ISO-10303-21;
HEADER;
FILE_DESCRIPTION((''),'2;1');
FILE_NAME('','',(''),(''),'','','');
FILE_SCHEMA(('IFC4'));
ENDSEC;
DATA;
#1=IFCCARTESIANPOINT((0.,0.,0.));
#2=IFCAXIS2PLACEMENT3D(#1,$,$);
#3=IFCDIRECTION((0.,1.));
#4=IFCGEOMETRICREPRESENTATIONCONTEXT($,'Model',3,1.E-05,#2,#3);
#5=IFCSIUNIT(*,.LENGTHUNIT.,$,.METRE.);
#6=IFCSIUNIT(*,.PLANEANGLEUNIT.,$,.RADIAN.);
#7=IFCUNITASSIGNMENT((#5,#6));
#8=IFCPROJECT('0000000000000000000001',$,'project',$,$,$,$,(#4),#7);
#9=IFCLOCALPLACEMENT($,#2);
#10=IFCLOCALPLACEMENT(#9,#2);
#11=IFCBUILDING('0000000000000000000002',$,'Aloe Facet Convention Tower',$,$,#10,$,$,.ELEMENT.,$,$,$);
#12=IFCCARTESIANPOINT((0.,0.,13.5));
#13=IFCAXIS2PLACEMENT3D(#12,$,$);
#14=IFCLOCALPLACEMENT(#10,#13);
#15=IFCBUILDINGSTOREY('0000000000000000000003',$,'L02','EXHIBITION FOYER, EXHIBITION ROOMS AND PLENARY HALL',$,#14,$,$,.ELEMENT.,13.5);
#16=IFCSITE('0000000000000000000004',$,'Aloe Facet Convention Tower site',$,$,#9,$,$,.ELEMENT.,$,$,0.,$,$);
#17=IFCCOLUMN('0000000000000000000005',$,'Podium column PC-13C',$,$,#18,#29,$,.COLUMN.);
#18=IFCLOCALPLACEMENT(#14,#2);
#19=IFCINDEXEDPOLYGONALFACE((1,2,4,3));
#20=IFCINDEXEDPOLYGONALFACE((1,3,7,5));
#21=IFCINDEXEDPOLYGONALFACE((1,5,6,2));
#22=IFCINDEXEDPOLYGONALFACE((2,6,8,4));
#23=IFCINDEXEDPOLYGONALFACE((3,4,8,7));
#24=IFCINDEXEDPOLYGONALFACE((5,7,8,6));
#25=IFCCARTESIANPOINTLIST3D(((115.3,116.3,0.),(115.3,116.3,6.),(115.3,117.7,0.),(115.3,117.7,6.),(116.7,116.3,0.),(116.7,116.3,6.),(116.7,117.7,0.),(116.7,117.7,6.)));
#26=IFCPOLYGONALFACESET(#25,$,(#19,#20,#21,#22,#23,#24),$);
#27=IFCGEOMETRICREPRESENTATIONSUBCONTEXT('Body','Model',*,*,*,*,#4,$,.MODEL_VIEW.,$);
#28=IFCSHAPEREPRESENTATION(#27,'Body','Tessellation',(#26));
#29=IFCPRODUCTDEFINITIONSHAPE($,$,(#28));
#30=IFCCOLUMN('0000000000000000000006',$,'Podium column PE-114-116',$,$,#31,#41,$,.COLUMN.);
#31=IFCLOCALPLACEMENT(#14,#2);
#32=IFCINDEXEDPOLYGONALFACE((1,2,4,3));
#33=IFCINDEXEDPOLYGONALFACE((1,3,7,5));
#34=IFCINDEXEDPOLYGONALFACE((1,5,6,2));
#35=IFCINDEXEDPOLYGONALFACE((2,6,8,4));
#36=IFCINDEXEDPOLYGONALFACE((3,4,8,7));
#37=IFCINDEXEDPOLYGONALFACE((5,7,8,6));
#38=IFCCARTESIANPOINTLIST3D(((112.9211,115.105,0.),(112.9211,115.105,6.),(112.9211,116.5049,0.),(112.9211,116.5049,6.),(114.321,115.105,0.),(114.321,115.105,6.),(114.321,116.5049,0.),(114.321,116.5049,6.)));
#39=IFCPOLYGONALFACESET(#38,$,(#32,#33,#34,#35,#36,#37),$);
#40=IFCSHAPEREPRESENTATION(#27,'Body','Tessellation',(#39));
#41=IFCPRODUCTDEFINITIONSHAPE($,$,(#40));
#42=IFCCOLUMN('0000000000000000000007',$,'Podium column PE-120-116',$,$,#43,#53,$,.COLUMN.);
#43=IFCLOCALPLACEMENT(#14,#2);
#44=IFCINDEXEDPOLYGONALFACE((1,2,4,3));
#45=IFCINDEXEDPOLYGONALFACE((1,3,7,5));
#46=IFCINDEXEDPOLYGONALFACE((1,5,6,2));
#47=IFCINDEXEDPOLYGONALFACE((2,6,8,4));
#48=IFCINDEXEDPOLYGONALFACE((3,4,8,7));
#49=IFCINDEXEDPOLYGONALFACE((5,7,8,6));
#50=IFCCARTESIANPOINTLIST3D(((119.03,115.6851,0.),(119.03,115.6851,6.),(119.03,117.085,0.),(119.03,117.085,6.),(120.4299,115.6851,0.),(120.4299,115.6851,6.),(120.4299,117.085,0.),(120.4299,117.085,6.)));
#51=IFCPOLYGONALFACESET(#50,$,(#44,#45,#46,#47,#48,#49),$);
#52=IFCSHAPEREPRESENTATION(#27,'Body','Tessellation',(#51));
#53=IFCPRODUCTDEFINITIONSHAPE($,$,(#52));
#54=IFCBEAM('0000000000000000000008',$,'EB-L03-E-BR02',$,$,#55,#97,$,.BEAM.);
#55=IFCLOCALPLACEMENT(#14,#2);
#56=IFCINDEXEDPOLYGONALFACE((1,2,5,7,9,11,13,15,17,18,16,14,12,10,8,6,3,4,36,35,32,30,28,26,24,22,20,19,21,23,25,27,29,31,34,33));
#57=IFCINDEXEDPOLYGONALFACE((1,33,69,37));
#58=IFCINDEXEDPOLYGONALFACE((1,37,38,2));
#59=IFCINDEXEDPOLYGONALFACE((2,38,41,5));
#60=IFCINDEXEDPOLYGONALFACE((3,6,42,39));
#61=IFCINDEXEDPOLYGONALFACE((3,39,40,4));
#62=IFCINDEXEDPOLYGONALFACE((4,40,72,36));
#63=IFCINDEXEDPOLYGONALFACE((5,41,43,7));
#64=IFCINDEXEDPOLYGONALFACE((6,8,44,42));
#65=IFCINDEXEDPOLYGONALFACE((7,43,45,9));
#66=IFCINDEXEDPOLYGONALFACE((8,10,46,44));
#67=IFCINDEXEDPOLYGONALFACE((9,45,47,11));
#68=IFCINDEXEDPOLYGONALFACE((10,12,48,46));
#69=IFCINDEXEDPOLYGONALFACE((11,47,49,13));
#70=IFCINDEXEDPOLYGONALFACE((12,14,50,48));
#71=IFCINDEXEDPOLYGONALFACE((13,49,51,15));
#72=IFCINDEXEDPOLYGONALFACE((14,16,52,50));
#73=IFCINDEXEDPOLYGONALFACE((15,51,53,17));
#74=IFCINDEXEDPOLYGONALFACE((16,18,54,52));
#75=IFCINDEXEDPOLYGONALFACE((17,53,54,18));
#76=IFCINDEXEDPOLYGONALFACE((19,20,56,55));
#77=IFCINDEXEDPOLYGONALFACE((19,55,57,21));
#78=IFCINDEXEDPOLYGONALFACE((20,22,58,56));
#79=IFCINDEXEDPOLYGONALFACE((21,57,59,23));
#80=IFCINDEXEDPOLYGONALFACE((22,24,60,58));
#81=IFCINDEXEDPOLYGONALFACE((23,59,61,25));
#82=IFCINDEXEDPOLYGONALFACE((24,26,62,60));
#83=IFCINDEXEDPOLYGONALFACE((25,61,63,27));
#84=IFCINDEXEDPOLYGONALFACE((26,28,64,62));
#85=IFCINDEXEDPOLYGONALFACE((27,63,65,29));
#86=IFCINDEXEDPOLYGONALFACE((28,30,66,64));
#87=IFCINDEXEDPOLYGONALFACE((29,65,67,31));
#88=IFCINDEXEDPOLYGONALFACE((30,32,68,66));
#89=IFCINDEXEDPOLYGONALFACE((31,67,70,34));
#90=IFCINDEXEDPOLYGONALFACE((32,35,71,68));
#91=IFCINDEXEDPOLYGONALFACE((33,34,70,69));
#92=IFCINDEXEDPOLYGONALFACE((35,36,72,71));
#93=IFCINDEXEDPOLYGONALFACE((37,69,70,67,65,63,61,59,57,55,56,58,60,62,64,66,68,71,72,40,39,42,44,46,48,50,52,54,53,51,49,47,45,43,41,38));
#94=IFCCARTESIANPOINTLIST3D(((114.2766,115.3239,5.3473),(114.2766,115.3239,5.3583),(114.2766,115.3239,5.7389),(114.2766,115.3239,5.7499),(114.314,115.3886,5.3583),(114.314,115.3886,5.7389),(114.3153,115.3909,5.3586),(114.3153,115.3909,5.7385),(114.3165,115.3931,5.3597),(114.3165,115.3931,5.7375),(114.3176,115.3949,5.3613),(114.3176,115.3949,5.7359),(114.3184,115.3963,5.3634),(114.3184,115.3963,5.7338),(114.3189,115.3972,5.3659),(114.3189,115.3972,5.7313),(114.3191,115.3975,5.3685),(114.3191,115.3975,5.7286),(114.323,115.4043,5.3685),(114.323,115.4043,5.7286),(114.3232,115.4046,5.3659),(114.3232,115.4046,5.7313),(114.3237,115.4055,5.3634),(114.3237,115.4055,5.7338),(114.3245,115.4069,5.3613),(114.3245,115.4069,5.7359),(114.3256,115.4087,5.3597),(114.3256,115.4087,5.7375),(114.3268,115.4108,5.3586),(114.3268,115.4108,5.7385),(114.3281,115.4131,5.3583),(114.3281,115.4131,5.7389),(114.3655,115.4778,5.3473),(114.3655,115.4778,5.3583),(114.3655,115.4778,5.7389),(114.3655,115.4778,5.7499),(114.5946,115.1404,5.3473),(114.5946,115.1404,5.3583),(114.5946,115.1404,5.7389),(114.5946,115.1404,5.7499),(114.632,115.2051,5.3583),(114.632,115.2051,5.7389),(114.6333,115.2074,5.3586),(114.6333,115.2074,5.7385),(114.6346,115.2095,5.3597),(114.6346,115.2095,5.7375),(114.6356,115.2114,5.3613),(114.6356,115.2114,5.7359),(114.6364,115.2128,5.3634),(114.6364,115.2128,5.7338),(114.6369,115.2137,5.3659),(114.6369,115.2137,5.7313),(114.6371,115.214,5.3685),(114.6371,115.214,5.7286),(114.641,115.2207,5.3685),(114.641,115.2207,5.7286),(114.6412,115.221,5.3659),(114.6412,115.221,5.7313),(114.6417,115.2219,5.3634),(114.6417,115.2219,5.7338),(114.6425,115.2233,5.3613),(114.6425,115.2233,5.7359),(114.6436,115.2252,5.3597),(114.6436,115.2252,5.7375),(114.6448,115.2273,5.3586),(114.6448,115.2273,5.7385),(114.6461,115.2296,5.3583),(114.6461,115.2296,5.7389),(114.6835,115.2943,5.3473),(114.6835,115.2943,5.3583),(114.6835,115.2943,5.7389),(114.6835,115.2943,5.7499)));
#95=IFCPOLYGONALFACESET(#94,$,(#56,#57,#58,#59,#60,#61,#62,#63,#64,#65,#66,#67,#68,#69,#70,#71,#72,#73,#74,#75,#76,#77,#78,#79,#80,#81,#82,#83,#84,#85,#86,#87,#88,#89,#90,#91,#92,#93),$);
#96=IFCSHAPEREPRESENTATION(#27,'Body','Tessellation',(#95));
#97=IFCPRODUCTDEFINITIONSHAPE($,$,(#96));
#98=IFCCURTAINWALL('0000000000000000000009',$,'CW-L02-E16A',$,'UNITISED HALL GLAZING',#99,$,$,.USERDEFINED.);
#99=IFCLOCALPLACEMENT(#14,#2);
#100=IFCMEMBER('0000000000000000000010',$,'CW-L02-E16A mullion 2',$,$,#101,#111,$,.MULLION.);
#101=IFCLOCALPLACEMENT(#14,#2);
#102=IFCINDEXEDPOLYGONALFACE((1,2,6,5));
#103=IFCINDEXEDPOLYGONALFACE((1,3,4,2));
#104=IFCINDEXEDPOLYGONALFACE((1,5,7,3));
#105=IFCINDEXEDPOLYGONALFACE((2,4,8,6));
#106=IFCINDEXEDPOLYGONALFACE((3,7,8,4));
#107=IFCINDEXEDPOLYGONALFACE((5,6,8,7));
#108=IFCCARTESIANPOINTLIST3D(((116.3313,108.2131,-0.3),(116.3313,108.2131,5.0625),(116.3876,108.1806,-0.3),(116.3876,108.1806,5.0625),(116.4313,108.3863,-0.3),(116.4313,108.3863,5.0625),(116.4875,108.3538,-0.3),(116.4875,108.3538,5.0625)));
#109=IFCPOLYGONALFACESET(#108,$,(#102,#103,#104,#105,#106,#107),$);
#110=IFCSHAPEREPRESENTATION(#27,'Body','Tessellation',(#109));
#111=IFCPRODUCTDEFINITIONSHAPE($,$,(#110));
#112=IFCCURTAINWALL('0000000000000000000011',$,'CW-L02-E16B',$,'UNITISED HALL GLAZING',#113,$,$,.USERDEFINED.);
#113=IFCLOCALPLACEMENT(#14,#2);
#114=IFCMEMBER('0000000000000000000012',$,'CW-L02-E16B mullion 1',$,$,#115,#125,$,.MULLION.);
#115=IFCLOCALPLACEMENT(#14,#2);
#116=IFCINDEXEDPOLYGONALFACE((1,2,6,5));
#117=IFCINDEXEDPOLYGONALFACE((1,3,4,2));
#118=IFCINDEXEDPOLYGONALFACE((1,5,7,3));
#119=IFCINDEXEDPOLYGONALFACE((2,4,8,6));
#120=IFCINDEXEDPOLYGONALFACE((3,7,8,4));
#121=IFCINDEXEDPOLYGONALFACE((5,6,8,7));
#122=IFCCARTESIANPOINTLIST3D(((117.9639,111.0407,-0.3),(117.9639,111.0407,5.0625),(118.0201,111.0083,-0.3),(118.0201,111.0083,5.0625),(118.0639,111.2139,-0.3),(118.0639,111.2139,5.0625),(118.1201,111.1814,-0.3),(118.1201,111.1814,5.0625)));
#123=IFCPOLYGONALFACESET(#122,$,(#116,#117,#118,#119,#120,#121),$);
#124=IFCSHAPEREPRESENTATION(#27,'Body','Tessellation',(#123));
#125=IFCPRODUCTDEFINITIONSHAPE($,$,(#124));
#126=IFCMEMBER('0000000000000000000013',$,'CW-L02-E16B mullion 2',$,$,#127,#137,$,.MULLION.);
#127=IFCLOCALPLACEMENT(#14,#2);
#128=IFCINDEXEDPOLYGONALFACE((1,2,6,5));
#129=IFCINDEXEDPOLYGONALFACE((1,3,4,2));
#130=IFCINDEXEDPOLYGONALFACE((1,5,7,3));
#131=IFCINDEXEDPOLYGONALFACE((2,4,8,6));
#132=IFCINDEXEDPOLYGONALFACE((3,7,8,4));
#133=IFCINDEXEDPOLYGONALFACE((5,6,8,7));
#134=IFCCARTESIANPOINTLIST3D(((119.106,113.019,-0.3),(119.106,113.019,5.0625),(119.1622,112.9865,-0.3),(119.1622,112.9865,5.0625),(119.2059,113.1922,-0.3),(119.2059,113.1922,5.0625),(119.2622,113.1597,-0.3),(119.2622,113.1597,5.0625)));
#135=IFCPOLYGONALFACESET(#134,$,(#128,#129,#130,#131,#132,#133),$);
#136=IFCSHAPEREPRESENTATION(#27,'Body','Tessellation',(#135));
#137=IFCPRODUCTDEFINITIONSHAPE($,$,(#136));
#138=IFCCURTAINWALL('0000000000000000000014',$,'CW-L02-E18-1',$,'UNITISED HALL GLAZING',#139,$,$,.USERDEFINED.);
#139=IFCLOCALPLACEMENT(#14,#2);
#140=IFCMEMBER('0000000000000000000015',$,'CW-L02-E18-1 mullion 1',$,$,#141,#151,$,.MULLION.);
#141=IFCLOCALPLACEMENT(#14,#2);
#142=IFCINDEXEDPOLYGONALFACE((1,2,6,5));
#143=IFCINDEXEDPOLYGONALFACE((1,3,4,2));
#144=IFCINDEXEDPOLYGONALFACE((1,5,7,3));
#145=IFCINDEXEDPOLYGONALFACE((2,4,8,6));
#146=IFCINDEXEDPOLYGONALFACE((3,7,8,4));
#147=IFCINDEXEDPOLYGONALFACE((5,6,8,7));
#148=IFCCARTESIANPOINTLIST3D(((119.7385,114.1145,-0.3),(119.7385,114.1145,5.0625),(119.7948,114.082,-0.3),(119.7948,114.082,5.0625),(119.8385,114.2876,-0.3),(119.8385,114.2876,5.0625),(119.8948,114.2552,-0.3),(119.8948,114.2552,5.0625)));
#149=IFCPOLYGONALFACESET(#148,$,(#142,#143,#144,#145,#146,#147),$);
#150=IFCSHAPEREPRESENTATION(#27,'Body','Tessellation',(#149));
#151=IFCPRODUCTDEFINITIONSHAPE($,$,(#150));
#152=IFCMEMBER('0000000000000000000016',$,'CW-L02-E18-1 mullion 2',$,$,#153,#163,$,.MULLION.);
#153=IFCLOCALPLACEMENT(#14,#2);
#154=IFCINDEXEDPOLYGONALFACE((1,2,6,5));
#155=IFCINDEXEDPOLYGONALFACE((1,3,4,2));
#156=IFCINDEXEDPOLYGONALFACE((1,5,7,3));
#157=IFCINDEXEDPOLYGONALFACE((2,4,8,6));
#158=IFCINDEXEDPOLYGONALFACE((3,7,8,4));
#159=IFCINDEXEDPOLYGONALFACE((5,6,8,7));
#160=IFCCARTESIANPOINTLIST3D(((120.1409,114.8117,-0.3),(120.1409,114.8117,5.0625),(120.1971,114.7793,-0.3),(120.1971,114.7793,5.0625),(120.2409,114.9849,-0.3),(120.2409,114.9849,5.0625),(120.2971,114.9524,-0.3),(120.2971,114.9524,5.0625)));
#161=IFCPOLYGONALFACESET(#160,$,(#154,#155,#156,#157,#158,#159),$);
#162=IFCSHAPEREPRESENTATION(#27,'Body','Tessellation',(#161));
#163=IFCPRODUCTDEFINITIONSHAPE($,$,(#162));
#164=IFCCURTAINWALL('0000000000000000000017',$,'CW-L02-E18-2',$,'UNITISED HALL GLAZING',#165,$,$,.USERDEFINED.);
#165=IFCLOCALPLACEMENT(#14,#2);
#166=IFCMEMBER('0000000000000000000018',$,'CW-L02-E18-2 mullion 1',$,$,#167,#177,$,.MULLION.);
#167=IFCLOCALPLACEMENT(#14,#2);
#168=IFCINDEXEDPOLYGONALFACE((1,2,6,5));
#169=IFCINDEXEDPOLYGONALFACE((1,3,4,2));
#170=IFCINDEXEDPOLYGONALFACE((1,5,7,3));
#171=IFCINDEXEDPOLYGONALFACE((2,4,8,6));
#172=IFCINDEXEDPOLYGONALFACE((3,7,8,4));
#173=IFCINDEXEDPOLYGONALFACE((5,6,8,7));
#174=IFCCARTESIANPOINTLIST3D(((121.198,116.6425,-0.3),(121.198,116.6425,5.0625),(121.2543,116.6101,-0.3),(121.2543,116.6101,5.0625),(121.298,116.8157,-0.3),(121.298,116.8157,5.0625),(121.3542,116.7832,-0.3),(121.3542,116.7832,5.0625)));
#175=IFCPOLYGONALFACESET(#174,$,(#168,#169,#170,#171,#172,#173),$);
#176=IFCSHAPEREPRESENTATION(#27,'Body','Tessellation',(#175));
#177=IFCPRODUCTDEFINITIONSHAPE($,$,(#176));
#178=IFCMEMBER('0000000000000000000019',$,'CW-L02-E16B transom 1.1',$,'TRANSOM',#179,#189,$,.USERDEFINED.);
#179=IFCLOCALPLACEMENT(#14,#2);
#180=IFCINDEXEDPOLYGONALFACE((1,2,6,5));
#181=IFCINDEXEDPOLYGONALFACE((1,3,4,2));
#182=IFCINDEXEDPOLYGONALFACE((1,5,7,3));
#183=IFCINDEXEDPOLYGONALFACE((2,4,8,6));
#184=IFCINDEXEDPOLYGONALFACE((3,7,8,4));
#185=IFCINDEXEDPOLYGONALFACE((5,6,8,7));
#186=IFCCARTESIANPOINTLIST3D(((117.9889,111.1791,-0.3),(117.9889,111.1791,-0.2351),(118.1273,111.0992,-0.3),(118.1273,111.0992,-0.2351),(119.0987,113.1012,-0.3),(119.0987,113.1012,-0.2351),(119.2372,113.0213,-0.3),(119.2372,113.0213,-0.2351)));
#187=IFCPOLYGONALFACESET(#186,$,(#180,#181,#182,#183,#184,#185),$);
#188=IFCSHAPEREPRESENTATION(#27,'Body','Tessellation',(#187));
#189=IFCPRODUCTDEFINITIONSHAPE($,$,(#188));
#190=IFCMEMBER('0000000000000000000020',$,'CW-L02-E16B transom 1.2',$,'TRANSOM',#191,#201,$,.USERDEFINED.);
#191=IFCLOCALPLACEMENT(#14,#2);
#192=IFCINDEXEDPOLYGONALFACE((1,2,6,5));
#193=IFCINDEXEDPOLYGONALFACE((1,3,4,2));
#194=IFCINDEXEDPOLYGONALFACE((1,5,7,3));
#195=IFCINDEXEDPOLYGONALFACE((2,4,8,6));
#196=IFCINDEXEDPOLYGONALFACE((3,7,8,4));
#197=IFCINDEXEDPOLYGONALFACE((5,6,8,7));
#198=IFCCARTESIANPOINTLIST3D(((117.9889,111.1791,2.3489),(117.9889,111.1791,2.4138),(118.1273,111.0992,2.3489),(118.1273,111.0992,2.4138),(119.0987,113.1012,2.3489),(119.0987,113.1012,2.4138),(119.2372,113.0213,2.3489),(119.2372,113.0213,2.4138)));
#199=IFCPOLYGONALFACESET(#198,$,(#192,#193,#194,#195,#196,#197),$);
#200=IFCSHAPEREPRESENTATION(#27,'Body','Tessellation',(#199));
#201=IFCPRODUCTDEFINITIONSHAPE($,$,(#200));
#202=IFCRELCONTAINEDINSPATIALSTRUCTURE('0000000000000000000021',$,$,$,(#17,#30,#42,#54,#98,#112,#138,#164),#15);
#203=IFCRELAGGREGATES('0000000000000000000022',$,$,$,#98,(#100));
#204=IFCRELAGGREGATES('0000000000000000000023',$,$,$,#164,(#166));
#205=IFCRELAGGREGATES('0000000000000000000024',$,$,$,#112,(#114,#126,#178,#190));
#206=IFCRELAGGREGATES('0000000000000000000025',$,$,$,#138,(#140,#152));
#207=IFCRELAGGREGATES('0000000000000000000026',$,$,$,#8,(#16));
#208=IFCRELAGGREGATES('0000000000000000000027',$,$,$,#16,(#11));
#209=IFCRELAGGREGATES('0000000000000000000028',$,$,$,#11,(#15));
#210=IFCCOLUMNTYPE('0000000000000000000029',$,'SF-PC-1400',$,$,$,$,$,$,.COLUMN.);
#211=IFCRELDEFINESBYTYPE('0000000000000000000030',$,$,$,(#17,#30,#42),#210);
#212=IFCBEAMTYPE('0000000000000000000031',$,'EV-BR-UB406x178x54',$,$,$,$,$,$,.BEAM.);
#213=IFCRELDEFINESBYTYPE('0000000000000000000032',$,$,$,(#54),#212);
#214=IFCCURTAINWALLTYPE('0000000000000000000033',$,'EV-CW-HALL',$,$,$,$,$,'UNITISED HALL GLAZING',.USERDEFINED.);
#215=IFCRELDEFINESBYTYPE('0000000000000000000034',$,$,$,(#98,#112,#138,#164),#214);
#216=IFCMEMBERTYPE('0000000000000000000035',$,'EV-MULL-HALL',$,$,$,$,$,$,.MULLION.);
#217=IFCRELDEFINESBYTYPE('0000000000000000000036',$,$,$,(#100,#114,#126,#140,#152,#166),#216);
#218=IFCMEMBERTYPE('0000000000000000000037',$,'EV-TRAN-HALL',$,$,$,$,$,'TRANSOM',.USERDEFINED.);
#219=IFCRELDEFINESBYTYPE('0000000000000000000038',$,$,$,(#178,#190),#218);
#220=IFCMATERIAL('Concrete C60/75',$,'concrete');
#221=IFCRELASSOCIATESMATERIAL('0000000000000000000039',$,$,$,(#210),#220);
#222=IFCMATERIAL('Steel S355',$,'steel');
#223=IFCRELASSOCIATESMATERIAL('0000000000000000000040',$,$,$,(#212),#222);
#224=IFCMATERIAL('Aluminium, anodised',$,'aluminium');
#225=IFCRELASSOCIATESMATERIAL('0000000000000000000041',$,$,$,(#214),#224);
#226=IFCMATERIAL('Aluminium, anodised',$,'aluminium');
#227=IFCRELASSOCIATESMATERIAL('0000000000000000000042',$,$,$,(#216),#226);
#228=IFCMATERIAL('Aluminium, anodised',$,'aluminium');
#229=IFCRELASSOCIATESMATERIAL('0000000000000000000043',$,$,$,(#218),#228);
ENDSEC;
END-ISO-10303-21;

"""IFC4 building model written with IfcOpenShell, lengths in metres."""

from ifc_helpers import new_model, si_unit, direction, frame, origin, origin_2d, place, context, subcontext, project, spatial, rectangle, i_section, extrude, material, material_profile, profile_set, type_object, element, aggregate, save


model = new_model("IFC4")

# Units and contexts
model_context = context("Model", 3, precision=1e-05, world=origin(), true_north=direction((0.0, 1.0)))
body_context = subcontext(model_context, "Body", "Model", "MODEL_VIEW")
ifc_project = project(units=[si_unit("LENGTHUNIT", "METRE"), si_unit("PLANEANGLEUNIT", "RADIAN")], contexts=[model_context])

# Site, building, storey
site_placement = place(None, origin())
site = spatial("IfcSite", under=ifc_project, at=site_placement, Name="Aloe Facet Convention Tower site", CompositionType="ELEMENT", RefElevation=0.0)
building_placement = place(site_placement, origin())
building = spatial("IfcBuilding", under=site, at=building_placement, Name="Aloe Facet Convention Tower", CompositionType="ELEMENT")
storey_placement = place(building_placement, frame((0.0, 0.0, 13.5)))
storey = spatial("IfcBuildingStorey", under=building, at=storey_placement, Name="L02", Description="EXHIBITION FOYER, EXHIBITION ROOMS AND PLENARY HALL", CompositionType="ELEMENT", Elevation=13.5)

# Columns
ifc_material_1 = material(Name="Concrete C60/75", Category="concrete")
ifc_material_profile_1 = material_profile(ifc_material_1, rectangle(XDim=1.3999, YDim=1.3999, at=origin_2d()), Name="SF-PC-1400")
ifc_profile_set_1 = profile_set([ifc_material_profile_1], Name="Concrete C60/75")
column_type = type_object("IfcColumnType", Name="SF-PC-1400", PredefinedType="COLUMN", material=ifc_profile_set_1)
for number, where, z_axis, x_axis, name in (
    (1, (116.0, 117.0, 0.0), (0.0, 0.0, 1.0), (1.0, 0.0, 0.0), "Podium column PC-13C"),
    (2, (113.6211, 115.8049, 0.0), (0.0, 0.0, 1.0), (1.0, 0.0, 0.0), "Podium column PE-114-116"),
    (3, (119.73, 116.385, 0.0), (0.0, 0.0, 1.0), (1.0, 0.0, 0.0), "Podium column PE-120-116"),
):
    element("IfcColumn", number, at=place(storey_placement, frame(where, z_axis=z_axis, x_axis=x_axis)), inside=storey, type_object=column_type, Name=name, PredefinedType="COLUMN", context=body_context, shape_type="SweptSolid", body=[
        extrude(rectangle(XDim=1.3999, YDim=1.3999, at=origin_2d()), origin(), (0.0, 0.0, 1.0), 6.0),
    ])

# Beam
ifc_material_2 = material(Name="Steel S355", Category="steel")
ifc_material_profile_2 = material_profile(ifc_material_2, i_section(OverallWidth=0.1777, OverallDepth=0.4026, WebThickness=0.0078, FlangeThickness=0.011, FilletRadius=0.0103, at=origin_2d()), Name="UB 406x178x54")
ifc_profile_set_2 = profile_set([ifc_material_profile_2], Name="Steel S355")
beam_type_1 = type_object("IfcBeamType", Name="EV-BR-UB406x178x54", PredefinedType="BEAM", material=ifc_profile_set_2)
beam_1_placement = place(storey_placement, frame((114.321, 115.4009, 5.5486), z_axis=(0.866108, -0.499857, 0.0), x_axis=(0.499857, 0.866108, 0.0)))
element("IfcBeam", 4, at=beam_1_placement, inside=storey, type_object=beam_type_1, Name="EB-L03-E-BR02", PredefinedType="BEAM", context=body_context, shape_type="SweptSolid", body=[
    extrude(i_section(OverallWidth=0.1777, OverallDepth=0.4026, WebThickness=0.0078, FlangeThickness=0.011, FilletRadius=0.0103, at=origin_2d()), origin(), (0.0, 0.0, 1.0), 0.3672),
])

# Curtain wall, member
ifc_material_3 = material(Name="Aluminium, anodised", Category="aluminium")
curtain_wall_type = type_object("IfcCurtainWallType", Name="EV-CW-HALL", ElementType="UNITISED HALL GLAZING", PredefinedType="USERDEFINED", material=ifc_material_3)
curtain_wall_1_placement = place(storey_placement, origin())
curtain_wall_1 = element("IfcCurtainWall", 5, at=curtain_wall_1_placement, inside=storey, type_object=curtain_wall_type, Name="CW-L02-E16A", ObjectType="UNITISED HALL GLAZING", PredefinedType="USERDEFINED")
ifc_material_4 = material(Name="Aluminium, anodised", Category="aluminium")
ifc_material_profile_3 = material_profile(ifc_material_4, rectangle(XDim=0.0649, YDim=0.2, at=origin_2d()), Name="AL 65x200")
ifc_profile_set_3 = profile_set([ifc_material_profile_3], Name="Aluminium, anodised")
member_type_1 = type_object("IfcMemberType", Name="EV-MULL-HALL", PredefinedType="MULLION", material=ifc_profile_set_3)
member_1_placement = place(storey_placement, frame((116.4094, 108.2834, -0.3), z_axis=(0.0, 0.0, 1.0), x_axis=(-0.866025, 0.5, 0.0)))
member_1 = element("IfcMember", 6, at=member_1_placement, type_object=member_type_1, Name="CW-L02-E16A mullion 2", PredefinedType="MULLION", context=body_context, shape_type="SweptSolid", body=[
    extrude(rectangle(XDim=0.0649, YDim=0.2, at=origin_2d()), origin(), (0.0, 0.0, 1.0), 5.3625),
])
aggregate(curtain_wall_1, [member_1])

# Curtain walls, members
curtain_wall_2_placement = place(storey_placement, origin())
curtain_wall_2 = element("IfcCurtainWall", 7, at=curtain_wall_2_placement, inside=storey, type_object=curtain_wall_type, Name="CW-L02-E16B", ObjectType="UNITISED HALL GLAZING", PredefinedType="USERDEFINED")
member_2_placement = place(storey_placement, frame((118.042, 111.1111, -0.3), z_axis=(0.0, 0.0, 1.0), x_axis=(-0.866025, 0.5, 0.0)))
member_2 = element("IfcMember", 8, at=member_2_placement, type_object=member_type_1, Name="CW-L02-E16B mullion 1", PredefinedType="MULLION", context=body_context, shape_type="SweptSolid", body=[
    extrude(rectangle(XDim=0.0649, YDim=0.2, at=origin_2d()), origin(), (0.0, 0.0, 1.0), 5.3625),
])
member_3_placement = place(storey_placement, frame((119.1841, 113.0894, -0.3), z_axis=(0.0, 0.0, 1.0), x_axis=(-0.866025, 0.5, 0.0)))
member_3 = element("IfcMember", 9, at=member_3_placement, type_object=member_type_1, Name="CW-L02-E16B mullion 2", PredefinedType="MULLION", context=body_context, shape_type="SweptSolid", body=[
    extrude(rectangle(XDim=0.0649, YDim=0.2, at=origin_2d()), origin(), (0.0, 0.0, 1.0), 5.3625),
])
curtain_wall_3_placement = place(storey_placement, origin())
curtain_wall_3 = element("IfcCurtainWall", 10, at=curtain_wall_3_placement, inside=storey, type_object=curtain_wall_type, Name="CW-L02-E18-1", ObjectType="UNITISED HALL GLAZING", PredefinedType="USERDEFINED")
member_4_placement = place(storey_placement, frame((119.8167, 114.1848, -0.3), z_axis=(0.0, 0.0, 1.0), x_axis=(-0.866025, 0.5, 0.0)))
member_4 = element("IfcMember", 11, at=member_4_placement, type_object=member_type_1, Name="CW-L02-E18-1 mullion 1", PredefinedType="MULLION", context=body_context, shape_type="SweptSolid", body=[
    extrude(rectangle(XDim=0.0649, YDim=0.2, at=origin_2d()), origin(), (0.0, 0.0, 1.0), 5.3625),
])
member_5_placement = place(storey_placement, frame((120.219, 114.8821, -0.3), z_axis=(0.0, 0.0, 1.0), x_axis=(-0.866025, 0.5, 0.0)))
member_5 = element("IfcMember", 12, at=member_5_placement, type_object=member_type_1, Name="CW-L02-E18-1 mullion 2", PredefinedType="MULLION", context=body_context, shape_type="SweptSolid", body=[
    extrude(rectangle(XDim=0.0649, YDim=0.2, at=origin_2d()), origin(), (0.0, 0.0, 1.0), 5.3625),
])

# Curtain wall, member
curtain_wall_4_placement = place(storey_placement, origin())
curtain_wall_4 = element("IfcCurtainWall", 13, at=curtain_wall_4_placement, inside=storey, type_object=curtain_wall_type, Name="CW-L02-E18-2", ObjectType="UNITISED HALL GLAZING", PredefinedType="USERDEFINED")
member_6_placement = place(storey_placement, frame((121.2761, 116.7129, -0.3), z_axis=(0.0, 0.0, 1.0), x_axis=(-0.866025, 0.5, 0.0)))
member_6 = element("IfcMember", 14, at=member_6_placement, type_object=member_type_1, Name="CW-L02-E18-2 mullion 1", PredefinedType="MULLION", context=body_context, shape_type="SweptSolid", body=[
    extrude(rectangle(XDim=0.0649, YDim=0.2, at=origin_2d()), origin(), (0.0, 0.0, 1.0), 5.3625),
])

# Members
ifc_material_5 = material(Name="Aluminium, anodised", Category="aluminium")
ifc_material_profile_4 = material_profile(ifc_material_5, rectangle(XDim=0.1599, YDim=0.0649, at=origin_2d()), Name="AL 160x65")
ifc_profile_set_4 = profile_set([ifc_material_profile_4], Name="Aluminium, anodised")
member_type_2 = type_object("IfcMemberType", Name="EV-TRAN-HALL", ElementType="TRANSOM", PredefinedType="USERDEFINED", material=ifc_profile_set_4)
member_7_placement = place(storey_placement, frame((118.0581, 111.1392, -0.2676), z_axis=(0.500043, 0.866001, 0.0), x_axis=(-0.866001, 0.500043, 0.0)))
member_7 = element("IfcMember", 15, at=member_7_placement, type_object=member_type_2, Name="CW-L02-E16B transom 1.1", ObjectType="TRANSOM", PredefinedType="USERDEFINED", context=body_context, shape_type="SweptSolid", body=[
    extrude(rectangle(XDim=0.1599, YDim=0.0649, at=origin_2d()), origin(), (0.0, 0.0, 1.0), 2.2195),
])
member_8_placement = place(storey_placement, frame((118.0581, 111.1392, 2.3813), z_axis=(0.500043, 0.866001, 0.0), x_axis=(-0.866001, 0.500043, 0.0)))
member_8 = element("IfcMember", 16, at=member_8_placement, type_object=member_type_2, Name="CW-L02-E16B transom 1.2", ObjectType="TRANSOM", PredefinedType="USERDEFINED", context=body_context, shape_type="SweptSolid", body=[
    extrude(rectangle(XDim=0.1599, YDim=0.0649, at=origin_2d()), origin(), (0.0, 0.0, 1.0), 2.2195),
])
aggregate(curtain_wall_4, [member_6])

aggregate(curtain_wall_2, [member_2, member_3, member_7, member_8])
aggregate(curtain_wall_3, [member_4, member_5])

save(model, "model.ifc")
